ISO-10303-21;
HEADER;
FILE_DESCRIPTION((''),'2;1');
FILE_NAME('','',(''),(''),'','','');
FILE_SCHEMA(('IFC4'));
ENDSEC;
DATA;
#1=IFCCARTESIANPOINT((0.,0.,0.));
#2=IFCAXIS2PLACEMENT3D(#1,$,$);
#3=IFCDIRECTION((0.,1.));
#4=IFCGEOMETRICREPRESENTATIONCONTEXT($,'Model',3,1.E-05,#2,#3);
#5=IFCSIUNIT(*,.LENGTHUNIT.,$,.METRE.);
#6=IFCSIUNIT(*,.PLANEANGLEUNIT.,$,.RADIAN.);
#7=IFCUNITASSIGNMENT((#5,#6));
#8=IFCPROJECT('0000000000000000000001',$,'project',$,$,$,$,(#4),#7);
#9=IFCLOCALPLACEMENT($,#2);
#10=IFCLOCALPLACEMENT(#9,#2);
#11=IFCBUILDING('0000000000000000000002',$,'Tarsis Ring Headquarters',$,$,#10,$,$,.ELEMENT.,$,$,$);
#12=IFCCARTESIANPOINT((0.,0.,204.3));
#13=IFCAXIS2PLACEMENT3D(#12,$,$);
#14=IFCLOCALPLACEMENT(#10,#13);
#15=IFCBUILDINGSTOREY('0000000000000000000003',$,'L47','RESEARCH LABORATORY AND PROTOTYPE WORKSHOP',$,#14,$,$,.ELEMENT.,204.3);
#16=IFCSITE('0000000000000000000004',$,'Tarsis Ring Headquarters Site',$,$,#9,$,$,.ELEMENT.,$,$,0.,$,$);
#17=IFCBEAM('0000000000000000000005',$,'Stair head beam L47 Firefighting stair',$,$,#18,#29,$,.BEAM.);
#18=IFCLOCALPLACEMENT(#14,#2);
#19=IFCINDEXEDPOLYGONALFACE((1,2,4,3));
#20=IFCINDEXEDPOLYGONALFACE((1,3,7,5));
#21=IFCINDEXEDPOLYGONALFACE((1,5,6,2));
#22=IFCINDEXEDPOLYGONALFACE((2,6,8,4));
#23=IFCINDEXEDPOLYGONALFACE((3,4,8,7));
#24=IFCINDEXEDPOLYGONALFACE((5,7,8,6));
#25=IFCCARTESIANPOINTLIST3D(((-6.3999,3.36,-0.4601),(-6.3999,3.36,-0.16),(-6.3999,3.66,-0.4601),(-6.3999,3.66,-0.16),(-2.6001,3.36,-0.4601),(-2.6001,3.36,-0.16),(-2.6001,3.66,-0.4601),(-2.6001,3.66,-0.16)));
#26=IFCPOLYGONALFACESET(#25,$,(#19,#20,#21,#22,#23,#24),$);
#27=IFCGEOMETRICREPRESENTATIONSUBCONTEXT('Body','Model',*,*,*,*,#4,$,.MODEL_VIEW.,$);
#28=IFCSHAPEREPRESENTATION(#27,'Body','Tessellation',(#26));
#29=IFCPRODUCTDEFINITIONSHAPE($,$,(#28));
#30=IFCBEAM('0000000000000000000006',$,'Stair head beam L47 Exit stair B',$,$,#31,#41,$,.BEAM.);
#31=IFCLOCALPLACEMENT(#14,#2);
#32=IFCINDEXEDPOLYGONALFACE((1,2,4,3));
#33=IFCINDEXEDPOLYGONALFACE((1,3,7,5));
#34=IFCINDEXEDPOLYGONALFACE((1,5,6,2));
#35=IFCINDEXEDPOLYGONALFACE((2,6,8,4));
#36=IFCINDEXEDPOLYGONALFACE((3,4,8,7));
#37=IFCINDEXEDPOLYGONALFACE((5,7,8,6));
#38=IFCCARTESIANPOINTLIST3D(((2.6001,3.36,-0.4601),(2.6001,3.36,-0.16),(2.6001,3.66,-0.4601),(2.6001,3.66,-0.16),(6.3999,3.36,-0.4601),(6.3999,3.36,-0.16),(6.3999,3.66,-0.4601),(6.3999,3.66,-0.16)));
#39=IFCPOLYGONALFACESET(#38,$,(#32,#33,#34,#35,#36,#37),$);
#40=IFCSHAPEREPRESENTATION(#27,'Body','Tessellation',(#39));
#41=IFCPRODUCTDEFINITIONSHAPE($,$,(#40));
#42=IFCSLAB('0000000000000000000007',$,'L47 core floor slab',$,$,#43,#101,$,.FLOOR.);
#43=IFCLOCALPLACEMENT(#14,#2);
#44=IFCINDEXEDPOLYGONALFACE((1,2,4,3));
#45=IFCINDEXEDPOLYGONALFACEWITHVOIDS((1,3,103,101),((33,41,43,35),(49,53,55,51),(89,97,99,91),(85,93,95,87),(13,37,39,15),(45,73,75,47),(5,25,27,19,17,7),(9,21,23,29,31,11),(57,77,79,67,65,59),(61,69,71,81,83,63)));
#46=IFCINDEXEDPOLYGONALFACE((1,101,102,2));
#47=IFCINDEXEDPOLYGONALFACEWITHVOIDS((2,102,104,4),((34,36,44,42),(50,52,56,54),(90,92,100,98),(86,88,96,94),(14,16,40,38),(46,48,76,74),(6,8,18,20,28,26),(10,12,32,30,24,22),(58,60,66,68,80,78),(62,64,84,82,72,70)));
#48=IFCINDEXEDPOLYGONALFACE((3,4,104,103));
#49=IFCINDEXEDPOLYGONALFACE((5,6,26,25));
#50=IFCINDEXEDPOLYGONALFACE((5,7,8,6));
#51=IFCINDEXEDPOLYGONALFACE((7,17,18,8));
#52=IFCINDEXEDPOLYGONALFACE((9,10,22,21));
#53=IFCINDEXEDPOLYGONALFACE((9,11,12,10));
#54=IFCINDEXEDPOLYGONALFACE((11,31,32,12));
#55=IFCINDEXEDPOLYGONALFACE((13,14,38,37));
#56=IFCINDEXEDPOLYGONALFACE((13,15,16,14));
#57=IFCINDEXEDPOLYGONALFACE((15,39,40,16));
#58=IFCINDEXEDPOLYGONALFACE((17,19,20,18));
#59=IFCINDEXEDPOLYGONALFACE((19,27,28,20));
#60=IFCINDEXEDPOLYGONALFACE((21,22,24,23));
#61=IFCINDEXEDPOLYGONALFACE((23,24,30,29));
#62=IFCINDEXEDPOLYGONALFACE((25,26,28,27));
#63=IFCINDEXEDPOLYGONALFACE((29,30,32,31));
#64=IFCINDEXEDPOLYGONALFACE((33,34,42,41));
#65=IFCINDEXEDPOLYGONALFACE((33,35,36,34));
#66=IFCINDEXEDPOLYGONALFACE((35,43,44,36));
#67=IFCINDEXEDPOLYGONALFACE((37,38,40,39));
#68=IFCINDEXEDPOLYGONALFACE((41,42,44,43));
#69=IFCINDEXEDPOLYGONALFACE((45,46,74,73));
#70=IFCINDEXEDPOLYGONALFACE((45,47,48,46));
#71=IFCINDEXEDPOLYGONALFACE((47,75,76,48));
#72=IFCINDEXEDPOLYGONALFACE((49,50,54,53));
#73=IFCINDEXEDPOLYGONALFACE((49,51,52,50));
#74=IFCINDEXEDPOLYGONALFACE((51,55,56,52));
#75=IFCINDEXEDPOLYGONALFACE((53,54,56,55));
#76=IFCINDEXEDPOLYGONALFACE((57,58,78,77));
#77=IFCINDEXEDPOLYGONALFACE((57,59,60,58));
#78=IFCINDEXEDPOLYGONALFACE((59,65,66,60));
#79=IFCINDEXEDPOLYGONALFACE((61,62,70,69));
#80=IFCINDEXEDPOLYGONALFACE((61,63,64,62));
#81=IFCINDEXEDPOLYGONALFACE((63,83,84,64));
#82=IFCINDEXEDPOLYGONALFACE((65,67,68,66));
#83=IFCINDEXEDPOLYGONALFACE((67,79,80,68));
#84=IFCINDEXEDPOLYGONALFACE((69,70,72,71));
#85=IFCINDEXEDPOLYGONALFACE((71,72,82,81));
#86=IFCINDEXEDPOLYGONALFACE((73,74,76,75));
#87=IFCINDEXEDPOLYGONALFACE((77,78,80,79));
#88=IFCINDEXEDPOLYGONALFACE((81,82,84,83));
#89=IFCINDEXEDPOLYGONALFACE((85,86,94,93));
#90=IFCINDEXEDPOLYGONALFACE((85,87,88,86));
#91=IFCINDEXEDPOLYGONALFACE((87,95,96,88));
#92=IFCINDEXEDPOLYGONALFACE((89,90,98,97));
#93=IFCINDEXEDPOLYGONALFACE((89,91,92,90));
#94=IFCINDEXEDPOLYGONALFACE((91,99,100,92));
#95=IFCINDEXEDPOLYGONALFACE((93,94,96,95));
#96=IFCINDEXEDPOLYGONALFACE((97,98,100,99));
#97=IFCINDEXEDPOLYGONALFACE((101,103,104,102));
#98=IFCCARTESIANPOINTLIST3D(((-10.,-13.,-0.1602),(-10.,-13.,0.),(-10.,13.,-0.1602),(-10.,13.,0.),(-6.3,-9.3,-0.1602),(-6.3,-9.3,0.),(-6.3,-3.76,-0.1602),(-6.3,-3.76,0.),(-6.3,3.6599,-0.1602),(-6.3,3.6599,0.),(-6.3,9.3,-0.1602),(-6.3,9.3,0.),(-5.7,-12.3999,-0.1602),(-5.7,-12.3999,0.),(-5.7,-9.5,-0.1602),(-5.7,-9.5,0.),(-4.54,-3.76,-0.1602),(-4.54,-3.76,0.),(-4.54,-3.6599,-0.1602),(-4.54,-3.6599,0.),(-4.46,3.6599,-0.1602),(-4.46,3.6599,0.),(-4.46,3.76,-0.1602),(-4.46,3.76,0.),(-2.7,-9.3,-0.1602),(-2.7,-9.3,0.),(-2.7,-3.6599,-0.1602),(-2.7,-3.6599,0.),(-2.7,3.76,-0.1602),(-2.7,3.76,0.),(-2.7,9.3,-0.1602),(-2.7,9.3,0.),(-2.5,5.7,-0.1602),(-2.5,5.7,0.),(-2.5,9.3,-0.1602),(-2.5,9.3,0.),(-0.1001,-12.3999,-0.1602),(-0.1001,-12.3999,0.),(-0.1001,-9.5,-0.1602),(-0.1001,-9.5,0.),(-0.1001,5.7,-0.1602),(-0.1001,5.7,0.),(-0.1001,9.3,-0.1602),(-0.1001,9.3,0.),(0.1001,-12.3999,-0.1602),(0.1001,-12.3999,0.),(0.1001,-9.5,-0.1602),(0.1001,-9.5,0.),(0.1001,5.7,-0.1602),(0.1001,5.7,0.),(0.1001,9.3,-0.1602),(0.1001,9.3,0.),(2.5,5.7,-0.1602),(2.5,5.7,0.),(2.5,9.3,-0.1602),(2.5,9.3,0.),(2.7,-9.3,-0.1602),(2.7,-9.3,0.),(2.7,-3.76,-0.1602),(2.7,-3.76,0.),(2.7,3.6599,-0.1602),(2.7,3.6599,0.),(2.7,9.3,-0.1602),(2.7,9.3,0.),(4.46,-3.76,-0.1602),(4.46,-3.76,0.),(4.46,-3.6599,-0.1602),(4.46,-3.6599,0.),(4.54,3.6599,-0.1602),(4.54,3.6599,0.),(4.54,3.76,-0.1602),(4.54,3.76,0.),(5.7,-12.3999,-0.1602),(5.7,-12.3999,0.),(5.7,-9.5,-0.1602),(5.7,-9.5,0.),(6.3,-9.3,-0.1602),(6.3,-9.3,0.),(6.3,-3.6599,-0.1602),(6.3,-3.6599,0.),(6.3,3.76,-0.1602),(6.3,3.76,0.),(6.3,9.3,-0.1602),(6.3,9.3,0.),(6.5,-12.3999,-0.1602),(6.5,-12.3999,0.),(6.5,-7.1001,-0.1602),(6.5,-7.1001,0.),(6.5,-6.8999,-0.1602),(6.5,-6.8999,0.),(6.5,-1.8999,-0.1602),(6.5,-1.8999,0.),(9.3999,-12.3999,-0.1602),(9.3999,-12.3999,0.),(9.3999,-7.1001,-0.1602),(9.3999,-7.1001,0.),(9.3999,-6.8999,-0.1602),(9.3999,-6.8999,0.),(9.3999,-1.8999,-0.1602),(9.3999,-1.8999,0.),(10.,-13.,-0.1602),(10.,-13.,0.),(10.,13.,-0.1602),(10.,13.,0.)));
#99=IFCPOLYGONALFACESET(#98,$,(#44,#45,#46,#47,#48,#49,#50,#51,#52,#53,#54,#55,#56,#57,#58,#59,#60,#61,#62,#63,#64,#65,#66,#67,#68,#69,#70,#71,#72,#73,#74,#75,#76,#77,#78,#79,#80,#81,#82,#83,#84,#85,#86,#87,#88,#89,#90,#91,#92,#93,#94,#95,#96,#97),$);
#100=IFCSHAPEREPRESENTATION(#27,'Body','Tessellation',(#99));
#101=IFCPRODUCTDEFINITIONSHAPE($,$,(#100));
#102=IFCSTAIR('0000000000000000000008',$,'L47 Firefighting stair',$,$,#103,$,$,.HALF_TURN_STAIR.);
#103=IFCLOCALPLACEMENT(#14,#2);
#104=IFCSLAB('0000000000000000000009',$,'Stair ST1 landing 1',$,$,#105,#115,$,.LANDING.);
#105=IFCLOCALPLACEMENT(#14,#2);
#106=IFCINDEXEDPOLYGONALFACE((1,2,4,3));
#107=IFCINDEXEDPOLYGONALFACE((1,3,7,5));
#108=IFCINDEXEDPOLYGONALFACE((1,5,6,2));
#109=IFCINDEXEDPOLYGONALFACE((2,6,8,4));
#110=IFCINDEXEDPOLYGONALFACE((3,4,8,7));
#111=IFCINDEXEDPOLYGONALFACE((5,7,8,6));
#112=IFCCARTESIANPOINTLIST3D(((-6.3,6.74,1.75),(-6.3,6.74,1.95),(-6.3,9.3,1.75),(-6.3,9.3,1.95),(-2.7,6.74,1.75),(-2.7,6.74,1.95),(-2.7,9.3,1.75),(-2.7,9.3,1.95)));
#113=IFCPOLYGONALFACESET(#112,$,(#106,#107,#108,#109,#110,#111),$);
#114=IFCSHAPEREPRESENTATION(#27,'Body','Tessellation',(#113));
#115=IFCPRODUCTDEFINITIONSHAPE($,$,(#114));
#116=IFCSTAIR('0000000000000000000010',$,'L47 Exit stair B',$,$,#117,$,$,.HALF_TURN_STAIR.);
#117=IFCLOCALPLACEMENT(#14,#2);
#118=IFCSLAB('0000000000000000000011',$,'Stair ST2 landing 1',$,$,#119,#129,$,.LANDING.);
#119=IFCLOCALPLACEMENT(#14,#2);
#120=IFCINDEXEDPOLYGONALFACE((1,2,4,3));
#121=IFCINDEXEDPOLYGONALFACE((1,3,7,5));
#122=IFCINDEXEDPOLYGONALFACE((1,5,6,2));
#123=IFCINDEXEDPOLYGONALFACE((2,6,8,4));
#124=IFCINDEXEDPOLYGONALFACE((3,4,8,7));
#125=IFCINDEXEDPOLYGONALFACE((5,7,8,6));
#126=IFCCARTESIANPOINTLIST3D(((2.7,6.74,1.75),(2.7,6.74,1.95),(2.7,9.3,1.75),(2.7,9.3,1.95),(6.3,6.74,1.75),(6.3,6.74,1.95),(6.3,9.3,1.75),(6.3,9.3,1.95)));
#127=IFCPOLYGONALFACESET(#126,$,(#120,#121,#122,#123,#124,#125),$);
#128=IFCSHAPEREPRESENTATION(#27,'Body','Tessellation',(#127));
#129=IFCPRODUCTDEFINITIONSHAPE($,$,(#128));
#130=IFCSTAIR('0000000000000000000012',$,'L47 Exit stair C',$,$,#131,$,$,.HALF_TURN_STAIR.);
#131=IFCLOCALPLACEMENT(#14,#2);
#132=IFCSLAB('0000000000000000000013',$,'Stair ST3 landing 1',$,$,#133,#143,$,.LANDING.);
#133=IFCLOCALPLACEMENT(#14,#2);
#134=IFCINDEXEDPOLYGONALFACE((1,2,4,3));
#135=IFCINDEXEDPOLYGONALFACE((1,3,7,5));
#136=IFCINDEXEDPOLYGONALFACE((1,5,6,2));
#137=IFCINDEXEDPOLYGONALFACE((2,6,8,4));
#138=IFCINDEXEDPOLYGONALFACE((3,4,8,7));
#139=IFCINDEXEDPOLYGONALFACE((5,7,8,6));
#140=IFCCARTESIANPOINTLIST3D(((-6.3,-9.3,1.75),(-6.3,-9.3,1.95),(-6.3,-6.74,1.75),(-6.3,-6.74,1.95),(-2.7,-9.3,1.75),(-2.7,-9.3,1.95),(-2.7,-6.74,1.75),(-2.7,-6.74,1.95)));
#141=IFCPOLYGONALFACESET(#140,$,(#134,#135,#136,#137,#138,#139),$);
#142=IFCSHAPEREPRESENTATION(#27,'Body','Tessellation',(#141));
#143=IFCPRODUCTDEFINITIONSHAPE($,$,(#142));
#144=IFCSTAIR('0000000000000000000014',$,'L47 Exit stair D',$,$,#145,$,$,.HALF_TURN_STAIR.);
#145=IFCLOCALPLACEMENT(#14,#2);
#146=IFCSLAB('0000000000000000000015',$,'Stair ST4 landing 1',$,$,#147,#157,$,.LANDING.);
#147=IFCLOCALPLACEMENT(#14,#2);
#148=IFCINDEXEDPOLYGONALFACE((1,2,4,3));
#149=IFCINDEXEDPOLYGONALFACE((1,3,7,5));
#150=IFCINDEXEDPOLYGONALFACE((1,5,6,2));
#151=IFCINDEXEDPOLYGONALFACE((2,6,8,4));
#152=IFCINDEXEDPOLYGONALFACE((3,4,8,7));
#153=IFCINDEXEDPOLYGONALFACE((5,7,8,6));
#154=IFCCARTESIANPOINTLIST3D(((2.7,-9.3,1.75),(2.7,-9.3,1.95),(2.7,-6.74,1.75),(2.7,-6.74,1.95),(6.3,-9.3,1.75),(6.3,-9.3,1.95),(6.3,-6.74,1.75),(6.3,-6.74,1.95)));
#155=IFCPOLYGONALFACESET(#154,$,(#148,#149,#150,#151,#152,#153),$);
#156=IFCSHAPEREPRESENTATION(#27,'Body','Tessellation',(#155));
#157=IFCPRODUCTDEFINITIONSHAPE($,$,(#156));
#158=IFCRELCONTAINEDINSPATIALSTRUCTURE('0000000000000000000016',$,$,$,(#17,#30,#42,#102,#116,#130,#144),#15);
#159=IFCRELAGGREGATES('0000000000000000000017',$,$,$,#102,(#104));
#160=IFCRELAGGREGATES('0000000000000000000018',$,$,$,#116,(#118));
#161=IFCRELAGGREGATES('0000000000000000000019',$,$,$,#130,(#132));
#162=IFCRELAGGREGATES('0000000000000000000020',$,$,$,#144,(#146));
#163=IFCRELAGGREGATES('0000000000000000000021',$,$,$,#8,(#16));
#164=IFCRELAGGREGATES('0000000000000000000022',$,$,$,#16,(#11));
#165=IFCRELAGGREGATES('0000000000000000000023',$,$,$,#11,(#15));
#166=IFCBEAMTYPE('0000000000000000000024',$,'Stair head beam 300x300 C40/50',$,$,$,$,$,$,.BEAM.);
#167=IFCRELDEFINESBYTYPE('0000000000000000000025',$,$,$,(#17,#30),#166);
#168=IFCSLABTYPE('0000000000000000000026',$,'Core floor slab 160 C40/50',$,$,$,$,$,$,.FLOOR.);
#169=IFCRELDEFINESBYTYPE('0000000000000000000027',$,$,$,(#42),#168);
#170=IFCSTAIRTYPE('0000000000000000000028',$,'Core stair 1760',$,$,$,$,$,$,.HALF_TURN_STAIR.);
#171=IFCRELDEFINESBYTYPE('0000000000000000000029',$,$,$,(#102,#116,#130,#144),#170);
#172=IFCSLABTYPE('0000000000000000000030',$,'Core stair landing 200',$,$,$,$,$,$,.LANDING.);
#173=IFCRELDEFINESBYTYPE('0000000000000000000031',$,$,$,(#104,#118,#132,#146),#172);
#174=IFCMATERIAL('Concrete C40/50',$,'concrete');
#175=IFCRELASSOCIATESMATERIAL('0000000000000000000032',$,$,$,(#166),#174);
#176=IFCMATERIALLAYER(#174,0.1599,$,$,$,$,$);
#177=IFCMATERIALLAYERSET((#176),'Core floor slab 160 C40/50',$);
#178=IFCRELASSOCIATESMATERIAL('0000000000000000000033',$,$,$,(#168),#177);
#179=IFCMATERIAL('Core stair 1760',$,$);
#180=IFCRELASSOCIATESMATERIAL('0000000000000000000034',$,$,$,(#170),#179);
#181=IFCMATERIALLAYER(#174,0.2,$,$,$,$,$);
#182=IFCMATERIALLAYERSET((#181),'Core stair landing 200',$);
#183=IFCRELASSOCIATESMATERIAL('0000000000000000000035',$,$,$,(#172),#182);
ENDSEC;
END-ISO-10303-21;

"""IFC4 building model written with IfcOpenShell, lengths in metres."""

from ifc_helpers import new_model, si_unit, direction, frame, origin, origin_2d, place, context, subcontext, project, spatial, polyline, rectangle, outline, extrude, material, layer, layer_set, material_profile, profile_set, type_object, element, aggregate, save


model = new_model("IFC4")

# Units and contexts
model_context = context("Model", 3, precision=1e-05, world=origin(), true_north=direction((0.0, 1.0)))
body_context = subcontext(model_context, "Body", "Model", "MODEL_VIEW")
ifc_project = project(units=[si_unit("LENGTHUNIT", "METRE"), si_unit("PLANEANGLEUNIT", "RADIAN")], contexts=[model_context])

# Site, building, storey
site_placement = place(None, origin())
site = spatial("IfcSite", under=ifc_project, at=site_placement, Name="Tarsis Ring Headquarters Site", CompositionType="ELEMENT", RefElevation=0.0)
building_placement = place(site_placement, origin())
building = spatial("IfcBuilding", under=site, at=building_placement, Name="Tarsis Ring Headquarters", CompositionType="ELEMENT")
storey_placement = place(building_placement, frame((0.0, 0.0, 204.3)))
storey = spatial("IfcBuildingStorey", under=building, at=storey_placement, Name="L47", Description="RESEARCH LABORATORY AND PROTOTYPE WORKSHOP", CompositionType="ELEMENT", Elevation=204.3)

# Beams
ifc_material_1 = material(Name="Concrete C40/50", Category="concrete")
ifc_material_profile = material_profile(ifc_material_1, rectangle(XDim=0.3, YDim=0.3, at=origin_2d()), Name="Stair head beam 300x300 C40/50")
ifc_profile_set = profile_set([ifc_material_profile], Name="Concrete C40/50")
beam_type = type_object("IfcBeamType", Name="Stair head beam 300x300 C40/50", PredefinedType="BEAM", material=ifc_profile_set)
for number, where, z_axis, x_axis, name in (
    (1, (-6.3999, 3.51, -0.3101), (1.0, 0.0, 0.0), (0.0, 1.0, 0.0), "Stair head beam L47 Firefighting stair"),
    (2, (2.6001, 3.51, -0.3101), (1.0, 0.0, 0.0), (0.0, 1.0, 0.0), "Stair head beam L47 Exit stair B"),
):
    element("IfcBeam", number, at=place(storey_placement, frame(where, z_axis=z_axis, x_axis=x_axis)), inside=storey, type_object=beam_type, Name=name, PredefinedType="BEAM", context=body_context, shape_type="SweptSolid", body=[
        extrude(rectangle(XDim=0.3, YDim=0.3, at=origin_2d()), origin(), (0.0, 0.0, 1.0), 3.7998),
    ])

# Slab
ifc_layer_1 = layer(ifc_material_1, 0.1599)
ifc_layer_set_1 = layer_set([ifc_layer_1], Name="Core floor slab 160 C40/50")
slab_type_1 = type_object("IfcSlabType", Name="Core floor slab 160 C40/50", PredefinedType="FLOOR", material=ifc_layer_set_1)
slab_1_placement = place(storey_placement, frame((0.0, 0.0, -0.1602)))
element("IfcSlab", 3, at=slab_1_placement, inside=storey, type_object=slab_type_1, Name="L47 core floor slab", PredefinedType="FLOOR", context=body_context, shape_type="SweptSolid", body=[
    extrude(outline(polyline([(-10.0, -13.0), (10.0, -13.0), (10.0, 13.0), (-10.0, 13.0), (-10.0, -13.0)]), holes=[polyline([(-2.5, 5.7), (-0.1001, 5.7), (-0.1001, 9.3), (-2.5, 9.3), (-2.5, 5.7)]), polyline([(0.1001, 5.7), (2.5, 5.7), (2.5, 9.3), (0.1001, 9.3), (0.1001, 5.7)]), polyline([(6.5, -12.3999), (9.3999, -12.3999), (9.3999, -7.1001), (6.5, -7.1001), (6.5, -12.3999)]), polyline([(6.5, -6.8999), (9.3999, -6.8999), (9.3999, -1.8999), (6.5, -1.8999), (6.5, -6.8999)]), polyline([(-5.7, -12.3999), (-0.1001, -12.3999), (-0.1001, -9.5), (-5.7, -9.5), (-5.7, -12.3999)]), polyline([(0.1001, -12.3999), (5.7, -12.3999), (5.7, -9.5), (0.1001, -9.5), (0.1001, -12.3999)]), polyline([(-2.7, 3.76), (-2.7, 9.3), (-6.3, 9.3), (-6.3, 3.6599), (-4.46, 3.6599), (-4.46, 3.76), (-2.7, 3.76)]), polyline([(6.3, 3.76), (6.3, 9.3), (2.7, 9.3), (2.7, 3.6599), (4.54, 3.6599), (4.54, 3.76), (6.3, 3.76)]), polyline([(-6.3, -3.76), (-6.3, -9.3), (-2.7, -9.3), (-2.7, -3.6599), (-4.54, -3.6599), (-4.54, -3.76), (-6.3, -3.76)]), polyline([(2.7, -3.76), (2.7, -9.3), (6.3, -9.3), (6.3, -3.6599), (4.46, -3.6599), (4.46, -3.76), (2.7, -3.76)])]), origin(), (0.0, 0.0, 1.0), 0.1602),
])

# Stairs, slabs
ifc_material_2 = material(Name="Core stair 1760")
stair_type = type_object("IfcStairType", Name="Core stair 1760", PredefinedType="HALF_TURN_STAIR", material=ifc_material_2)
stair_1_placement = place(storey_placement, origin())
stair_1 = element("IfcStair", 4, at=stair_1_placement, inside=storey, type_object=stair_type, Name="L47 Firefighting stair", PredefinedType="HALF_TURN_STAIR")
ifc_layer_2 = layer(ifc_material_1, 0.2)
ifc_layer_set_2 = layer_set([ifc_layer_2], Name="Core stair landing 200")
slab_type_2 = type_object("IfcSlabType", Name="Core stair landing 200", PredefinedType="LANDING", material=ifc_layer_set_2)
slab_2_placement = place(storey_placement, frame((0.0, 0.0, 1.75)))
slab_2 = element("IfcSlab", 5, at=slab_2_placement, type_object=slab_type_2, Name="Stair ST1 landing 1", PredefinedType="LANDING", context=body_context, shape_type="SweptSolid", body=[
    extrude(outline(polyline([(-2.7, 6.74), (-2.7, 9.3), (-6.3, 9.3), (-6.3, 6.74), (-2.7, 6.74)])), origin(), (0.0, 0.0, 1.0), 0.2),
])
aggregate(stair_1, [slab_2])
stair_2_placement = place(storey_placement, origin())
stair_2 = element("IfcStair", 6, at=stair_2_placement, inside=storey, type_object=stair_type, Name="L47 Exit stair B", PredefinedType="HALF_TURN_STAIR")
slab_3_placement = place(storey_placement, frame((0.0, 0.0, 1.75)))
slab_3 = element("IfcSlab", 7, at=slab_3_placement, type_object=slab_type_2, Name="Stair ST2 landing 1", PredefinedType="LANDING", context=body_context, shape_type="SweptSolid", body=[
    extrude(outline(polyline([(6.3, 6.74), (6.3, 9.3), (2.7, 9.3), (2.7, 6.74), (6.3, 6.74)])), origin(), (0.0, 0.0, 1.0), 0.2),
])
aggregate(stair_2, [slab_3])
stair_3_placement = place(storey_placement, origin())
stair_3 = element("IfcStair", 8, at=stair_3_placement, inside=storey, type_object=stair_type, Name="L47 Exit stair C", PredefinedType="HALF_TURN_STAIR")
slab_4_placement = place(storey_placement, frame((0.0, 0.0, 1.75)))
slab_4 = element("IfcSlab", 9, at=slab_4_placement, type_object=slab_type_2, Name="Stair ST3 landing 1", PredefinedType="LANDING", context=body_context, shape_type="SweptSolid", body=[
    extrude(outline(polyline([(-6.3, -6.74), (-6.3, -9.3), (-2.7, -9.3), (-2.7, -6.74), (-6.3, -6.74)])), origin(), (0.0, 0.0, 1.0), 0.2),
])
aggregate(stair_3, [slab_4])
stair_4_placement = place(storey_placement, origin())
stair_4 = element("IfcStair", 10, at=stair_4_placement, inside=storey, type_object=stair_type, Name="L47 Exit stair D", PredefinedType="HALF_TURN_STAIR")
slab_5_placement = place(storey_placement, frame((0.0, 0.0, 1.75)))
slab_5 = element("IfcSlab", 11, at=slab_5_placement, type_object=slab_type_2, Name="Stair ST4 landing 1", PredefinedType="LANDING", context=body_context, shape_type="SweptSolid", body=[
    extrude(outline(polyline([(2.7, -6.74), (2.7, -9.3), (6.3, -9.3), (6.3, -6.74), (2.7, -6.74)])), origin(), (0.0, 0.0, 1.0), 0.2),
])
aggregate(stair_4, [slab_5])

save(model, "model.ifc")
